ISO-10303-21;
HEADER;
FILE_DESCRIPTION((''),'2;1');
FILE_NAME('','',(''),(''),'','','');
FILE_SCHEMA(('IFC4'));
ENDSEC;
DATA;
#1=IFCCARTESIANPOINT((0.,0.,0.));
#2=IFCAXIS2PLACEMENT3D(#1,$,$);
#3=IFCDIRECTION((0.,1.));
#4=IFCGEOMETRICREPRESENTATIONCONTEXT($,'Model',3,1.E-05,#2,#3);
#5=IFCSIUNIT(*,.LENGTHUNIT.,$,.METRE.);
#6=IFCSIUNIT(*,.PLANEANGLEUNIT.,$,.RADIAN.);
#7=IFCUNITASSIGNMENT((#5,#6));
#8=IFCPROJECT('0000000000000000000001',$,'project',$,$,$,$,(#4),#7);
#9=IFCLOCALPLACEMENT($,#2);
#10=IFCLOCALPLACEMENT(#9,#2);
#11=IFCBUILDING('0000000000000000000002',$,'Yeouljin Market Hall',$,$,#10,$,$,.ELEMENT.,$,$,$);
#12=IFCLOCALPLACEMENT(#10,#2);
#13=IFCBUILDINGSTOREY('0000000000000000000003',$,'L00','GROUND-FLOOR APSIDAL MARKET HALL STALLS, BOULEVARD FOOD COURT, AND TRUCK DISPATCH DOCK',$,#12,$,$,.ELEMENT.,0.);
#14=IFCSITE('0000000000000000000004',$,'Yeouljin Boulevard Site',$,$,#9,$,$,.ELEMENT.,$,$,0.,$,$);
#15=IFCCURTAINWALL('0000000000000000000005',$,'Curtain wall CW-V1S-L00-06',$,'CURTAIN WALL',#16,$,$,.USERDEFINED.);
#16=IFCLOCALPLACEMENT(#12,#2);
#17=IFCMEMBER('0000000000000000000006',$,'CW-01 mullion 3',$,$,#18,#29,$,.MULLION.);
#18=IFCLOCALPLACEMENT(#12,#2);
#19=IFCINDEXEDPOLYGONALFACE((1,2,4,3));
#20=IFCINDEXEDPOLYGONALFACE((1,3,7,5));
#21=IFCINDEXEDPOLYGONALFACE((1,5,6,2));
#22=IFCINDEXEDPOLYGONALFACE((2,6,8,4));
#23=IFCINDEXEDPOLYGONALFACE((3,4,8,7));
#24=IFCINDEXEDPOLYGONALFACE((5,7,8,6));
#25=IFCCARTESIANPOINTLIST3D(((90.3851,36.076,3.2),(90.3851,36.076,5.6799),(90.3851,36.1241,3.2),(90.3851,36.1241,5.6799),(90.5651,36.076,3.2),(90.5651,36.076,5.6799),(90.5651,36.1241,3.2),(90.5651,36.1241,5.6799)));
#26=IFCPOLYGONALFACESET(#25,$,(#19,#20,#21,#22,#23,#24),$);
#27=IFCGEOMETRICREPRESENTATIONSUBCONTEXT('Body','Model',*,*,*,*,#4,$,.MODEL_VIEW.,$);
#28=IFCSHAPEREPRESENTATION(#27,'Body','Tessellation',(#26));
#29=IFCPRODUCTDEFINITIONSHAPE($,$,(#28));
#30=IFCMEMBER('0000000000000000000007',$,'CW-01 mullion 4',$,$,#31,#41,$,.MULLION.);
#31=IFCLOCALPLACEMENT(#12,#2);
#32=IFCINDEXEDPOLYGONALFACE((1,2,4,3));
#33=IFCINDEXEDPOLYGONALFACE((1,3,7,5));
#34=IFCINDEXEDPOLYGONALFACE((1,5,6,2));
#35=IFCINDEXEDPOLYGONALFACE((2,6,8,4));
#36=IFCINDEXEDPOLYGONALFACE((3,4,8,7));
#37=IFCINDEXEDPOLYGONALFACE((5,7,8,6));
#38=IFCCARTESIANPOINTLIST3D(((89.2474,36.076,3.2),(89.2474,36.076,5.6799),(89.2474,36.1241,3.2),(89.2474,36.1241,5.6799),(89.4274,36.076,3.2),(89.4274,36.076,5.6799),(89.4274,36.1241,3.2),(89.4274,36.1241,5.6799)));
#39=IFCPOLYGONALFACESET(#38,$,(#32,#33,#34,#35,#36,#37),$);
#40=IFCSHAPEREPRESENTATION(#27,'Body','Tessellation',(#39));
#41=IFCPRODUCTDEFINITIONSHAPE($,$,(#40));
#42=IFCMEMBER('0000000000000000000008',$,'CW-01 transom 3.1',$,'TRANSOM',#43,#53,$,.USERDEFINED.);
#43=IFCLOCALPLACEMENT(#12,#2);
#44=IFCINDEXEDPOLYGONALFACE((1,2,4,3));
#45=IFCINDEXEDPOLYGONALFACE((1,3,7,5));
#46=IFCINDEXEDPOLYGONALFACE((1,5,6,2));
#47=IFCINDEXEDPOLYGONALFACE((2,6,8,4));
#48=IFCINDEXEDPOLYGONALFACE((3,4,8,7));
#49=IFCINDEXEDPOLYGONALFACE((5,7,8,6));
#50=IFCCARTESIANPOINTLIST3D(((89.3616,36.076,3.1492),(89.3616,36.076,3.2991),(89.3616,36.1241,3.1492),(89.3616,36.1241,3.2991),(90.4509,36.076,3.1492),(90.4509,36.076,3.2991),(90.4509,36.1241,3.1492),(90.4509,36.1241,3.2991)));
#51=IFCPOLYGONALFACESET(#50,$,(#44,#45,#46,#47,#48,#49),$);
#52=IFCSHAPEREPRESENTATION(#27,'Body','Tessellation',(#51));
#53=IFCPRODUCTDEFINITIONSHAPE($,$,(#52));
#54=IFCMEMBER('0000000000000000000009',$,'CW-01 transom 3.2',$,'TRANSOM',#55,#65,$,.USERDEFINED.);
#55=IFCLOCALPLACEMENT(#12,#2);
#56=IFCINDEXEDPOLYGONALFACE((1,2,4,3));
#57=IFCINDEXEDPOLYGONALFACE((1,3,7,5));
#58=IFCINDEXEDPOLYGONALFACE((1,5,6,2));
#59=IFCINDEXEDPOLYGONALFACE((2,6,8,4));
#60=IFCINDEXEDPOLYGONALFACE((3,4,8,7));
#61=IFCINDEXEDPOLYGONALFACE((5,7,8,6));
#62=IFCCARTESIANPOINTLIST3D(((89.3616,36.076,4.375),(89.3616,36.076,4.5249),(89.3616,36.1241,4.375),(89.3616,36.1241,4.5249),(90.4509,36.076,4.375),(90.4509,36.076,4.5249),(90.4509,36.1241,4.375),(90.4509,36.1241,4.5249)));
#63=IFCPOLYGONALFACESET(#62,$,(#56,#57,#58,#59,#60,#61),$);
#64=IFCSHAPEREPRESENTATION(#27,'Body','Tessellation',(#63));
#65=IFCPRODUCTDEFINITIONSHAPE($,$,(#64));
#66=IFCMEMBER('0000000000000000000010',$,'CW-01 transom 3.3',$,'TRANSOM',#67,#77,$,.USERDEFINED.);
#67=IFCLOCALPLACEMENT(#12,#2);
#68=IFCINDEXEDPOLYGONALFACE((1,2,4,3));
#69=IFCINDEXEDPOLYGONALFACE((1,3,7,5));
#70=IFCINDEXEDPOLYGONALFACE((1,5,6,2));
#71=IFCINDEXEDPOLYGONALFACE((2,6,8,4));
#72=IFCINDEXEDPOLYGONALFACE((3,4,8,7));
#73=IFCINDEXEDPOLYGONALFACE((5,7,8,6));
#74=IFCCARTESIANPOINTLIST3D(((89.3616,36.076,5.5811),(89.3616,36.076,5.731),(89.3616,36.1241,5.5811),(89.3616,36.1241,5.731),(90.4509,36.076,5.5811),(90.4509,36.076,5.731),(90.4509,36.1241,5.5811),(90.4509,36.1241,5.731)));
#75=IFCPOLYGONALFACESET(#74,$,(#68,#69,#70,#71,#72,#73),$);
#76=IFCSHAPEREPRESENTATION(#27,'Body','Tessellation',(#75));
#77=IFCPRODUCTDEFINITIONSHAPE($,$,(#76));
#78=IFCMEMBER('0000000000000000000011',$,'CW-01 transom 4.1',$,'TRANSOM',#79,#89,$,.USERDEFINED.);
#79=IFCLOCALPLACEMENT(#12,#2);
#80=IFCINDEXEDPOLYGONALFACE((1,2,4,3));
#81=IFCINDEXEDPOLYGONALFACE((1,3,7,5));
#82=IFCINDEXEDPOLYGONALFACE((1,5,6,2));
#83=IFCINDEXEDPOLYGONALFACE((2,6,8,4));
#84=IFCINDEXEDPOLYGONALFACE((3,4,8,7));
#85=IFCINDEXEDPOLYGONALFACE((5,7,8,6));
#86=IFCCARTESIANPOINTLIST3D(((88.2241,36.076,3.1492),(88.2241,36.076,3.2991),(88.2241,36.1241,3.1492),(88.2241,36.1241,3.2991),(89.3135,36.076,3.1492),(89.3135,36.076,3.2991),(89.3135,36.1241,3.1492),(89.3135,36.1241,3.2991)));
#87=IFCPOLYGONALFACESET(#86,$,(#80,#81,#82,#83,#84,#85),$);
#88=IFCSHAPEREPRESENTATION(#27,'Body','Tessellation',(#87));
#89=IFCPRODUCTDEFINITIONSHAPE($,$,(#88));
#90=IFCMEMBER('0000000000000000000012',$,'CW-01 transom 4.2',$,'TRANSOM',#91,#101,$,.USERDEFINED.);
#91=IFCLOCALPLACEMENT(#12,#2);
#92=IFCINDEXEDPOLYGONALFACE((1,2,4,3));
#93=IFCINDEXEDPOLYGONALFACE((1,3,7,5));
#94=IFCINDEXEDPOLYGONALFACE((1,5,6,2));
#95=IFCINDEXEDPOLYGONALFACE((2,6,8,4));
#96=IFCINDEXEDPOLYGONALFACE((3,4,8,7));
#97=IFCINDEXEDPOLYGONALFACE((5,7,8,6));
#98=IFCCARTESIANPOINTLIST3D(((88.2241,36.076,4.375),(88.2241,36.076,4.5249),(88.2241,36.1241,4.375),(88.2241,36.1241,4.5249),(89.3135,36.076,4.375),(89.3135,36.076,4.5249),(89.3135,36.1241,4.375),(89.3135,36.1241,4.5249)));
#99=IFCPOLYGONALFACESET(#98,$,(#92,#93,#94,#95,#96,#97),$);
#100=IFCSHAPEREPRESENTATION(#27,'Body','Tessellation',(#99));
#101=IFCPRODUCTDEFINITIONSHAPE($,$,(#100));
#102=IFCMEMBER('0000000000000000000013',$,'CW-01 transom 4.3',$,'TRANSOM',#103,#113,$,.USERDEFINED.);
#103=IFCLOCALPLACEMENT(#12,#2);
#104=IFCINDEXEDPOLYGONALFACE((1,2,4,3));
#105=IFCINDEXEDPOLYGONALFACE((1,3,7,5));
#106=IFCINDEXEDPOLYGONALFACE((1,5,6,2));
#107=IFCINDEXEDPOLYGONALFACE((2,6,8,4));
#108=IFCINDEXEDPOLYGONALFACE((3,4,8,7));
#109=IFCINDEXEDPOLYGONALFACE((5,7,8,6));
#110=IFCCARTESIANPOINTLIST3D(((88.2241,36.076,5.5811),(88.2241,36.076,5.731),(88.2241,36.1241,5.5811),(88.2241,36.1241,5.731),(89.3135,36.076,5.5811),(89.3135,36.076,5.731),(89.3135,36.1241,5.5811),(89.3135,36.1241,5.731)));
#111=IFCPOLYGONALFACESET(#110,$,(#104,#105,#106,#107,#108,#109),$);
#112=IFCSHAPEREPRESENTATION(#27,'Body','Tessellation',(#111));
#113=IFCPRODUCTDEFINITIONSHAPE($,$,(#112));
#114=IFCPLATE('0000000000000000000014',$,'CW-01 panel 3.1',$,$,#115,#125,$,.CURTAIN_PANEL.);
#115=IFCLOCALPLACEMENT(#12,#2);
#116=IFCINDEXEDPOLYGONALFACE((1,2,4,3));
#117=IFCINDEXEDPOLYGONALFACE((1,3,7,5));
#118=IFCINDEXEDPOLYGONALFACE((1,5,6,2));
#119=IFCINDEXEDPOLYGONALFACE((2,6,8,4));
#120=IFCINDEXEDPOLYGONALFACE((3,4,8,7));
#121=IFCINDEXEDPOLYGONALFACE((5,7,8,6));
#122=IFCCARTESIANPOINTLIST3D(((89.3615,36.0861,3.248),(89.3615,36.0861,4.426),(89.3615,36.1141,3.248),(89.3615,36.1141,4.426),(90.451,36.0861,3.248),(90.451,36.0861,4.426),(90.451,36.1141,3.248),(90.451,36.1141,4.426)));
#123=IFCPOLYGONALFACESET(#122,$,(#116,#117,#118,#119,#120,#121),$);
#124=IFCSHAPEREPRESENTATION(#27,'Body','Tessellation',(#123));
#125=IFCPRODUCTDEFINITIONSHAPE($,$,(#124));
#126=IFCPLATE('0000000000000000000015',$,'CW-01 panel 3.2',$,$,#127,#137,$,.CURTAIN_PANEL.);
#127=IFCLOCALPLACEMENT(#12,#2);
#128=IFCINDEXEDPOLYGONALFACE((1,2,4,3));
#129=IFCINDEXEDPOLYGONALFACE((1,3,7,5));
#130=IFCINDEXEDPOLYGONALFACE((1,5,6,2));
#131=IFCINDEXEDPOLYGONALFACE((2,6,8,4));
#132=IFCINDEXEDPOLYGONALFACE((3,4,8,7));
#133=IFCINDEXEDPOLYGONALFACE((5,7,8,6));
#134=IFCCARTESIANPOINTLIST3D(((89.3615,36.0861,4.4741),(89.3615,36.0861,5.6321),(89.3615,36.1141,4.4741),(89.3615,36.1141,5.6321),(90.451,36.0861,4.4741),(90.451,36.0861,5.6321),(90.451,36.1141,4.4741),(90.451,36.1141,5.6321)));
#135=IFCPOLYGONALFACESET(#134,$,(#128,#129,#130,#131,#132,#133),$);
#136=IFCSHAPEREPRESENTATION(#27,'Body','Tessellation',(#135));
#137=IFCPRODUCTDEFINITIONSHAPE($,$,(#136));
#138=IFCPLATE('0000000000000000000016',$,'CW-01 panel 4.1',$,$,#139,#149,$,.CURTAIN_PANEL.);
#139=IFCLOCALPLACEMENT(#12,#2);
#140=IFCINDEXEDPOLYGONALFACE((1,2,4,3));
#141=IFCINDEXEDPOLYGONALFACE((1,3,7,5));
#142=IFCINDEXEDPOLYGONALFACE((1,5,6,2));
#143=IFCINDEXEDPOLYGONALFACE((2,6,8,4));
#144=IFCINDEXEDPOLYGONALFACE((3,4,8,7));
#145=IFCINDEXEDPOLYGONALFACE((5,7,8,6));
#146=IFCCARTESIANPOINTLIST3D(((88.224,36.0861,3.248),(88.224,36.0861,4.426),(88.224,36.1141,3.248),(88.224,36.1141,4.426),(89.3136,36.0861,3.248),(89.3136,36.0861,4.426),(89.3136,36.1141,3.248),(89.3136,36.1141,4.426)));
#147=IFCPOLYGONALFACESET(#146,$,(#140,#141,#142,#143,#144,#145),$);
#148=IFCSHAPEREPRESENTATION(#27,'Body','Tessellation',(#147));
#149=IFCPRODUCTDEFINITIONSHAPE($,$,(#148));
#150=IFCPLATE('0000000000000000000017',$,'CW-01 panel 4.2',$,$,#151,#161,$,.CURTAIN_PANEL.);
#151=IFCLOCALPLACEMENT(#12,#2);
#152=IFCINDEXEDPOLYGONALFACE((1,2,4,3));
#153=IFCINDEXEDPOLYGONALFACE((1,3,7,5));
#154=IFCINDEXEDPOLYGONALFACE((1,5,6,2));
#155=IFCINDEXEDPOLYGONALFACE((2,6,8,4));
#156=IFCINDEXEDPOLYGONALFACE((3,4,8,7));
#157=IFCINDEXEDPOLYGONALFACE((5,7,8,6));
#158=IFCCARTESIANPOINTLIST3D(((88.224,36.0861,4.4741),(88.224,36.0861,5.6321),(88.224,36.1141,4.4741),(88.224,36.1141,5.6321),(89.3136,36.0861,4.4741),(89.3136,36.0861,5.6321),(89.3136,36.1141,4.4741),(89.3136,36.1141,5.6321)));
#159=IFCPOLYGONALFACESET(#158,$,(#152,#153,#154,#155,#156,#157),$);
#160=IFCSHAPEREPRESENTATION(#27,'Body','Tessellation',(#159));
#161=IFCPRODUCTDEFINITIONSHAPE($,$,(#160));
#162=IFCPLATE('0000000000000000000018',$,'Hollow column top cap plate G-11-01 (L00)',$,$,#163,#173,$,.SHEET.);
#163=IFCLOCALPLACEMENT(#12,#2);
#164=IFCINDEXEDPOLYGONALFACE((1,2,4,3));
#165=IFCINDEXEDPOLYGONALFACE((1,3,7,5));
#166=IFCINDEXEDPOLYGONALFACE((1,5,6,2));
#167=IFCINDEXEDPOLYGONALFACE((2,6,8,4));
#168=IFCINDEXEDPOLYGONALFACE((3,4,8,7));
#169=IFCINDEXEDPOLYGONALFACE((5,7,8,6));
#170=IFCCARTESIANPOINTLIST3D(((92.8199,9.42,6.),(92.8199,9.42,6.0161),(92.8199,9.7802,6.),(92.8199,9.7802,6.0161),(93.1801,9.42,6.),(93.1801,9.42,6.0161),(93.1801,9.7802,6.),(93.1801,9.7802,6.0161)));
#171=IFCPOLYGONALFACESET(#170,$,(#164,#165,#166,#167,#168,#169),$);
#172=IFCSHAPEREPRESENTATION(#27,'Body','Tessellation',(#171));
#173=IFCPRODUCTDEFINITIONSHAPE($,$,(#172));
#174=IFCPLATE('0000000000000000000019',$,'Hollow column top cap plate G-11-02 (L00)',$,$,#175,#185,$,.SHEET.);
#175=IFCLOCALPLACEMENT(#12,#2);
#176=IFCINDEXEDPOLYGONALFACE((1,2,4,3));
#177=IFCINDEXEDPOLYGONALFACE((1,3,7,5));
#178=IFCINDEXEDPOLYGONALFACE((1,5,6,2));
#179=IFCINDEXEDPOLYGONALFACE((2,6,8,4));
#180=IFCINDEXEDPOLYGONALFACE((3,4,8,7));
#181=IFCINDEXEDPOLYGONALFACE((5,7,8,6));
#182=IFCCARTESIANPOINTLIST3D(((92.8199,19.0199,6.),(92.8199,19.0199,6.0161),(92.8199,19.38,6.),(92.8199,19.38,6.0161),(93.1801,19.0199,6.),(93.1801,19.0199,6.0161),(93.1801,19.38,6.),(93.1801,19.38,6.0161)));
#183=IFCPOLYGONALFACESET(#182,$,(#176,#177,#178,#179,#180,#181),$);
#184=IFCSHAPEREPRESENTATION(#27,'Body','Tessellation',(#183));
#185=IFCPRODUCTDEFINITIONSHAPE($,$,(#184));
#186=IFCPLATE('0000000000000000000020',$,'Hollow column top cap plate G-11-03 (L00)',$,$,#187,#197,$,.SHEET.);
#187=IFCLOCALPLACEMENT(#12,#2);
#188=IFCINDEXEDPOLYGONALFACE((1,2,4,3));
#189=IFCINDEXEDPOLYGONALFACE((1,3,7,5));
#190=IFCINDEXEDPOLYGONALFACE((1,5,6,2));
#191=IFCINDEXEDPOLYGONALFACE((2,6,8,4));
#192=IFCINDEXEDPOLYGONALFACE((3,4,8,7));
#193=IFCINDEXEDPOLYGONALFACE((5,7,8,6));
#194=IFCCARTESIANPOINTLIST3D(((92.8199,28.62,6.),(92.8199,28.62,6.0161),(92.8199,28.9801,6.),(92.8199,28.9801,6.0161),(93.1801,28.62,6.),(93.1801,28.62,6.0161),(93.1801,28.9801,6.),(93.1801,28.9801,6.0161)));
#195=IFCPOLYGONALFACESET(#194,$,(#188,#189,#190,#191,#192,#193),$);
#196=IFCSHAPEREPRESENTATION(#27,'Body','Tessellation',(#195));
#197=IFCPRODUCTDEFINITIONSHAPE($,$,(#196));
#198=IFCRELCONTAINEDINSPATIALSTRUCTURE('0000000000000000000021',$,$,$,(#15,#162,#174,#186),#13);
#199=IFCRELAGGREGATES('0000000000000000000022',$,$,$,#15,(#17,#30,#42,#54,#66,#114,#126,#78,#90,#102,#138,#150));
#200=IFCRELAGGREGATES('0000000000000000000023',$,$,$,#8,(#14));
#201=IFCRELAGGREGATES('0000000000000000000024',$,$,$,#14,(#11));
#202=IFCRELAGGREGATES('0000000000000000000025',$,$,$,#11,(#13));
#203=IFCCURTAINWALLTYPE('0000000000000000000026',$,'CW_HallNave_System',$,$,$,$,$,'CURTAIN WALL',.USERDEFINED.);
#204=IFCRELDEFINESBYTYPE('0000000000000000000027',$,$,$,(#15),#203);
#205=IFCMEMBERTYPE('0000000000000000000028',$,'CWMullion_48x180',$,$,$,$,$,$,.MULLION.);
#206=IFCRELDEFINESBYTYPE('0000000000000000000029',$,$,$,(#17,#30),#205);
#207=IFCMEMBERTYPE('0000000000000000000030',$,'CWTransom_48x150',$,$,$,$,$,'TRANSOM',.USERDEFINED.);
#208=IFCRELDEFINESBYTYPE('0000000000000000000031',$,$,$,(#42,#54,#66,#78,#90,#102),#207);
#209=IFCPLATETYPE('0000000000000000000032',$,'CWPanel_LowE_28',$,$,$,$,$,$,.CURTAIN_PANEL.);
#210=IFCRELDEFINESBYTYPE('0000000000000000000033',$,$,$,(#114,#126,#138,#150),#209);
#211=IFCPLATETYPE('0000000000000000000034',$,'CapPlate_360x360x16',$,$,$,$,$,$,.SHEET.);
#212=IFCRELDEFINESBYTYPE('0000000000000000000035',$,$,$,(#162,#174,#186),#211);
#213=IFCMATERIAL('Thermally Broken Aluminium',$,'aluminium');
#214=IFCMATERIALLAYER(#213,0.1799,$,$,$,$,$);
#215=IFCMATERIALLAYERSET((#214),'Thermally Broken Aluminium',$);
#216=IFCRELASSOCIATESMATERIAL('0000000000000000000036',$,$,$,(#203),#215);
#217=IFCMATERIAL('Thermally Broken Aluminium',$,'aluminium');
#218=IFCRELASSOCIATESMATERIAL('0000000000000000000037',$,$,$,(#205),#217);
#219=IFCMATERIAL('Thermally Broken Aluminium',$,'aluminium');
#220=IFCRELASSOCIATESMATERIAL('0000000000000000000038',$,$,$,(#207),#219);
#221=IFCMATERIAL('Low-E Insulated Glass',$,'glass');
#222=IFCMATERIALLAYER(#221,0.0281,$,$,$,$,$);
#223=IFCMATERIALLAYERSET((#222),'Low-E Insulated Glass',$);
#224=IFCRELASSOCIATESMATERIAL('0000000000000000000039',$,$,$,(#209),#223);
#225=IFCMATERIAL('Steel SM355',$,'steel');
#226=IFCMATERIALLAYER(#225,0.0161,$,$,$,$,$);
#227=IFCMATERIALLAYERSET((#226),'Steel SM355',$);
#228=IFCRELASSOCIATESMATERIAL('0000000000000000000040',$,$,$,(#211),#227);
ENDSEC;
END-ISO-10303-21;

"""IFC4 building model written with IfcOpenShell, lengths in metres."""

from ifc_helpers import new_model, si_unit, direction, frame, origin, origin_2d, place, context, subcontext, project, spatial, rectangle, extrude, material, layer, layer_set, material_profile, profile_set, type_object, element, aggregate, save


model = new_model("IFC4")

# Units and contexts
model_context = context("Model", 3, precision=1e-05, world=origin(), true_north=direction((0.0, 1.0)))
body_context = subcontext(model_context, "Body", "Model", "MODEL_VIEW")
ifc_project = project(units=[si_unit("LENGTHUNIT", "METRE"), si_unit("PLANEANGLEUNIT", "RADIAN")], contexts=[model_context])

# Site, building, storey
site_placement = place(None, origin())
site = spatial("IfcSite", under=ifc_project, at=site_placement, Name="Yeouljin Boulevard Site", CompositionType="ELEMENT", RefElevation=0.0)
building_placement = place(site_placement, origin())
building = spatial("IfcBuilding", under=site, at=building_placement, Name="Yeouljin Market Hall", CompositionType="ELEMENT")
storey_placement = place(building_placement, origin())
storey = spatial("IfcBuildingStorey", under=building, at=storey_placement, Name="L00", Description="GROUND-FLOOR APSIDAL MARKET HALL STALLS, BOULEVARD FOOD COURT, AND TRUCK DISPATCH DOCK", CompositionType="ELEMENT", Elevation=0.0)

# Curtain wall, members, plates
ifc_material_1 = material(Name="Thermally Broken Aluminium", Category="aluminium")
ifc_layer_1 = layer(ifc_material_1, 0.1799)
ifc_layer_set_1 = layer_set([ifc_layer_1], Name="Thermally Broken Aluminium")
curtain_wall_type = type_object("IfcCurtainWallType", Name="CW_HallNave_System", ElementType="CURTAIN WALL", PredefinedType="USERDEFINED", material=ifc_layer_set_1)
curtain_wall_placement = place(storey_placement, origin())
curtain_wall = element("IfcCurtainWall", 1, at=curtain_wall_placement, inside=storey, type_object=curtain_wall_type, Name="Curtain wall CW-V1S-L00-06", ObjectType="CURTAIN WALL", PredefinedType="USERDEFINED")
ifc_material_2 = material(Name="Thermally Broken Aluminium", Category="aluminium")
ifc_material_profile_1 = material_profile(ifc_material_2, rectangle(XDim=0.0481, YDim=0.1799, at=origin_2d()), Name="CW-MULL-48x180")
ifc_profile_set_1 = profile_set([ifc_material_profile_1], Name="Thermally Broken Aluminium")
member_type_1 = type_object("IfcMemberType", Name="CWMullion_48x180", PredefinedType="MULLION", material=ifc_profile_set_1)
member_1_placement = place(storey_placement, frame((90.4751, 36.1001, 3.2), z_axis=(0.0, 0.0, 1.0), x_axis=(0.0, -1.0, 0.0)))
member_1 = element("IfcMember", 2, at=member_1_placement, type_object=member_type_1, Name="CW-01 mullion 3", PredefinedType="MULLION", context=body_context, shape_type="SweptSolid", body=[
    extrude(rectangle(XDim=0.0481, YDim=0.1799, at=origin_2d()), origin(), (0.0, 0.0, 1.0), 2.48),
])
member_2_placement = place(storey_placement, frame((89.3374, 36.1001, 3.2), z_axis=(0.0, 0.0, 1.0), x_axis=(0.0, -1.0, 0.0)))
member_2 = element("IfcMember", 3, at=member_2_placement, type_object=member_type_1, Name="CW-01 mullion 4", PredefinedType="MULLION", context=body_context, shape_type="SweptSolid", body=[
    extrude(rectangle(XDim=0.0481, YDim=0.1799, at=origin_2d()), origin(), (0.0, 0.0, 1.0), 2.48),
])
ifc_material_3 = material(Name="Thermally Broken Aluminium", Category="aluminium")
ifc_material_profile_2 = material_profile(ifc_material_3, rectangle(XDim=0.0481, YDim=0.1499, at=origin_2d()), Name="CW-TRAN-48x150")
ifc_profile_set_2 = profile_set([ifc_material_profile_2], Name="Thermally Broken Aluminium")
member_type_2 = type_object("IfcMemberType", Name="CWTransom_48x150", ElementType="TRANSOM", PredefinedType="USERDEFINED", material=ifc_profile_set_2)
member_3_placement = place(storey_placement, frame((90.4509, 36.1001, 3.2241), z_axis=(-1.0, 0.0, 0.0), x_axis=(0.0, -1.0, 0.0)))
member_3 = element("IfcMember", 4, at=member_3_placement, type_object=member_type_2, Name="CW-01 transom 3.1", ObjectType="TRANSOM", PredefinedType="USERDEFINED", context=body_context, shape_type="SweptSolid", body=[
    extrude(rectangle(XDim=0.0481, YDim=0.1499, at=origin_2d()), origin(), (0.0, 0.0, 1.0), 1.0894),
])
member_4_placement = place(storey_placement, frame((90.4509, 36.1001, 4.45), z_axis=(-1.0, 0.0, 0.0), x_axis=(0.0, -1.0, 0.0)))
member_4 = element("IfcMember", 5, at=member_4_placement, type_object=member_type_2, Name="CW-01 transom 3.2", ObjectType="TRANSOM", PredefinedType="USERDEFINED", context=body_context, shape_type="SweptSolid", body=[
    extrude(rectangle(XDim=0.0481, YDim=0.1499, at=origin_2d()), origin(), (0.0, 0.0, 1.0), 1.0894),
])
member_5_placement = place(storey_placement, frame((90.4509, 36.1001, 5.656), z_axis=(-1.0, 0.0, 0.0), x_axis=(0.0, -1.0, 0.0)))
member_5 = element("IfcMember", 6, at=member_5_placement, type_object=member_type_2, Name="CW-01 transom 3.3", ObjectType="TRANSOM", PredefinedType="USERDEFINED", context=body_context, shape_type="SweptSolid", body=[
    extrude(rectangle(XDim=0.0481, YDim=0.1499, at=origin_2d()), origin(), (0.0, 0.0, 1.0), 1.0894),
])
member_6_placement = place(storey_placement, frame((89.3135, 36.1001, 3.2241), z_axis=(-1.0, 0.0, 0.0), x_axis=(0.0, -1.0, 0.0)))
member_6 = element("IfcMember", 7, at=member_6_placement, type_object=member_type_2, Name="CW-01 transom 4.1", ObjectType="TRANSOM", PredefinedType="USERDEFINED", context=body_context, shape_type="SweptSolid", body=[
    extrude(rectangle(XDim=0.0481, YDim=0.1499, at=origin_2d()), origin(), (0.0, 0.0, 1.0), 1.0894),
])
member_7_placement = place(storey_placement, frame((89.3135, 36.1001, 4.45), z_axis=(-1.0, 0.0, 0.0), x_axis=(0.0, -1.0, 0.0)))
member_7 = element("IfcMember", 8, at=member_7_placement, type_object=member_type_2, Name="CW-01 transom 4.2", ObjectType="TRANSOM", PredefinedType="USERDEFINED", context=body_context, shape_type="SweptSolid", body=[
    extrude(rectangle(XDim=0.0481, YDim=0.1499, at=origin_2d()), origin(), (0.0, 0.0, 1.0), 1.0894),
])
member_8_placement = place(storey_placement, frame((89.3135, 36.1001, 5.656), z_axis=(-1.0, 0.0, 0.0), x_axis=(0.0, -1.0, 0.0)))
member_8 = element("IfcMember", 9, at=member_8_placement, type_object=member_type_2, Name="CW-01 transom 4.3", ObjectType="TRANSOM", PredefinedType="USERDEFINED", context=body_context, shape_type="SweptSolid", body=[
    extrude(rectangle(XDim=0.0481, YDim=0.1499, at=origin_2d()), origin(), (0.0, 0.0, 1.0), 1.0894),
])
ifc_material_4 = material(Name="Low-E Insulated Glass", Category="glass")
ifc_layer_2 = layer(ifc_material_4, 0.0281)
ifc_layer_set_2 = layer_set([ifc_layer_2], Name="Low-E Insulated Glass")
plate_type_1 = type_object("IfcPlateType", Name="CWPanel_LowE_28", PredefinedType="CURTAIN_PANEL", material=ifc_layer_set_2)
plate_1_placement = place(storey_placement, frame((89.9062, 36.1001, 3.248), z_axis=(0.0, 0.0, 1.0), x_axis=(-1.0, 0.0, 0.0)))
plate_1 = element("IfcPlate", 10, at=plate_1_placement, type_object=plate_type_1, Name="CW-01 panel 3.1", PredefinedType="CURTAIN_PANEL", context=body_context, shape_type="SweptSolid", body=[
    extrude(rectangle(XDim=1.0896, YDim=0.0281, at=origin_2d()), origin(), (0.0, 0.0, 1.0), 1.178),
])
plate_2_placement = place(storey_placement, frame((89.9062, 36.1001, 4.4741), z_axis=(0.0, 0.0, 1.0), x_axis=(-1.0, 0.0, 0.0)))
plate_2 = element("IfcPlate", 11, at=plate_2_placement, type_object=plate_type_1, Name="CW-01 panel 3.2", PredefinedType="CURTAIN_PANEL", context=body_context, shape_type="SweptSolid", body=[
    extrude(rectangle(XDim=1.0896, YDim=0.0281, at=origin_2d()), origin(), (0.0, 0.0, 1.0), 1.158),
])
plate_3_placement = place(storey_placement, frame((88.7688, 36.1001, 3.248), z_axis=(0.0, 0.0, 1.0), x_axis=(-1.0, 0.0, 0.0)))
plate_3 = element("IfcPlate", 12, at=plate_3_placement, type_object=plate_type_1, Name="CW-01 panel 4.1", PredefinedType="CURTAIN_PANEL", context=body_context, shape_type="SweptSolid", body=[
    extrude(rectangle(XDim=1.0896, YDim=0.0281, at=origin_2d()), origin(), (0.0, 0.0, 1.0), 1.178),
])
plate_4_placement = place(storey_placement, frame((88.7688, 36.1001, 4.4741), z_axis=(0.0, 0.0, 1.0), x_axis=(-1.0, 0.0, 0.0)))
plate_4 = element("IfcPlate", 13, at=plate_4_placement, type_object=plate_type_1, Name="CW-01 panel 4.2", PredefinedType="CURTAIN_PANEL", context=body_context, shape_type="SweptSolid", body=[
    extrude(rectangle(XDim=1.0896, YDim=0.0281, at=origin_2d()), origin(), (0.0, 0.0, 1.0), 1.158),
])
aggregate(curtain_wall, [member_1, member_2, member_3, member_4, member_5, plate_1, plate_2, member_6, member_7, member_8, plate_3, plate_4])

# Plates
ifc_material_5 = material(Name="Steel SM355", Category="steel")
ifc_layer_3 = layer(ifc_material_5, 0.0161)
ifc_layer_set_3 = layer_set([ifc_layer_3], Name="Steel SM355")
plate_type_2 = type_object("IfcPlateType", Name="CapPlate_360x360x16", PredefinedType="SHEET", material=ifc_layer_set_3)
for number, where, z_axis, x_axis, name in (
    (14, (93.0, 9.6001, 6.0), (0.0, 0.0, 1.0), (1.0, 0.0, 0.0), "Hollow column top cap plate G-11-01 (L00)"),
    (15, (93.0, 19.2, 6.0), (0.0, 0.0, 1.0), (1.0, 0.0, 0.0), "Hollow column top cap plate G-11-02 (L00)"),
    (16, (93.0, 28.8, 6.0), (0.0, 0.0, 1.0), (1.0, 0.0, 0.0), "Hollow column top cap plate G-11-03 (L00)"),
):
    element("IfcPlate", number, at=place(storey_placement, frame(where, z_axis=z_axis, x_axis=x_axis)), inside=storey, type_object=plate_type_2, Name=name, PredefinedType="SHEET", context=body_context, shape_type="SweptSolid", body=[
        extrude(rectangle(XDim=0.3601, YDim=0.3601, at=origin_2d()), origin(), (0.0, 0.0, 1.0), 0.0161),
    ])

save(model, "model.ifc")
